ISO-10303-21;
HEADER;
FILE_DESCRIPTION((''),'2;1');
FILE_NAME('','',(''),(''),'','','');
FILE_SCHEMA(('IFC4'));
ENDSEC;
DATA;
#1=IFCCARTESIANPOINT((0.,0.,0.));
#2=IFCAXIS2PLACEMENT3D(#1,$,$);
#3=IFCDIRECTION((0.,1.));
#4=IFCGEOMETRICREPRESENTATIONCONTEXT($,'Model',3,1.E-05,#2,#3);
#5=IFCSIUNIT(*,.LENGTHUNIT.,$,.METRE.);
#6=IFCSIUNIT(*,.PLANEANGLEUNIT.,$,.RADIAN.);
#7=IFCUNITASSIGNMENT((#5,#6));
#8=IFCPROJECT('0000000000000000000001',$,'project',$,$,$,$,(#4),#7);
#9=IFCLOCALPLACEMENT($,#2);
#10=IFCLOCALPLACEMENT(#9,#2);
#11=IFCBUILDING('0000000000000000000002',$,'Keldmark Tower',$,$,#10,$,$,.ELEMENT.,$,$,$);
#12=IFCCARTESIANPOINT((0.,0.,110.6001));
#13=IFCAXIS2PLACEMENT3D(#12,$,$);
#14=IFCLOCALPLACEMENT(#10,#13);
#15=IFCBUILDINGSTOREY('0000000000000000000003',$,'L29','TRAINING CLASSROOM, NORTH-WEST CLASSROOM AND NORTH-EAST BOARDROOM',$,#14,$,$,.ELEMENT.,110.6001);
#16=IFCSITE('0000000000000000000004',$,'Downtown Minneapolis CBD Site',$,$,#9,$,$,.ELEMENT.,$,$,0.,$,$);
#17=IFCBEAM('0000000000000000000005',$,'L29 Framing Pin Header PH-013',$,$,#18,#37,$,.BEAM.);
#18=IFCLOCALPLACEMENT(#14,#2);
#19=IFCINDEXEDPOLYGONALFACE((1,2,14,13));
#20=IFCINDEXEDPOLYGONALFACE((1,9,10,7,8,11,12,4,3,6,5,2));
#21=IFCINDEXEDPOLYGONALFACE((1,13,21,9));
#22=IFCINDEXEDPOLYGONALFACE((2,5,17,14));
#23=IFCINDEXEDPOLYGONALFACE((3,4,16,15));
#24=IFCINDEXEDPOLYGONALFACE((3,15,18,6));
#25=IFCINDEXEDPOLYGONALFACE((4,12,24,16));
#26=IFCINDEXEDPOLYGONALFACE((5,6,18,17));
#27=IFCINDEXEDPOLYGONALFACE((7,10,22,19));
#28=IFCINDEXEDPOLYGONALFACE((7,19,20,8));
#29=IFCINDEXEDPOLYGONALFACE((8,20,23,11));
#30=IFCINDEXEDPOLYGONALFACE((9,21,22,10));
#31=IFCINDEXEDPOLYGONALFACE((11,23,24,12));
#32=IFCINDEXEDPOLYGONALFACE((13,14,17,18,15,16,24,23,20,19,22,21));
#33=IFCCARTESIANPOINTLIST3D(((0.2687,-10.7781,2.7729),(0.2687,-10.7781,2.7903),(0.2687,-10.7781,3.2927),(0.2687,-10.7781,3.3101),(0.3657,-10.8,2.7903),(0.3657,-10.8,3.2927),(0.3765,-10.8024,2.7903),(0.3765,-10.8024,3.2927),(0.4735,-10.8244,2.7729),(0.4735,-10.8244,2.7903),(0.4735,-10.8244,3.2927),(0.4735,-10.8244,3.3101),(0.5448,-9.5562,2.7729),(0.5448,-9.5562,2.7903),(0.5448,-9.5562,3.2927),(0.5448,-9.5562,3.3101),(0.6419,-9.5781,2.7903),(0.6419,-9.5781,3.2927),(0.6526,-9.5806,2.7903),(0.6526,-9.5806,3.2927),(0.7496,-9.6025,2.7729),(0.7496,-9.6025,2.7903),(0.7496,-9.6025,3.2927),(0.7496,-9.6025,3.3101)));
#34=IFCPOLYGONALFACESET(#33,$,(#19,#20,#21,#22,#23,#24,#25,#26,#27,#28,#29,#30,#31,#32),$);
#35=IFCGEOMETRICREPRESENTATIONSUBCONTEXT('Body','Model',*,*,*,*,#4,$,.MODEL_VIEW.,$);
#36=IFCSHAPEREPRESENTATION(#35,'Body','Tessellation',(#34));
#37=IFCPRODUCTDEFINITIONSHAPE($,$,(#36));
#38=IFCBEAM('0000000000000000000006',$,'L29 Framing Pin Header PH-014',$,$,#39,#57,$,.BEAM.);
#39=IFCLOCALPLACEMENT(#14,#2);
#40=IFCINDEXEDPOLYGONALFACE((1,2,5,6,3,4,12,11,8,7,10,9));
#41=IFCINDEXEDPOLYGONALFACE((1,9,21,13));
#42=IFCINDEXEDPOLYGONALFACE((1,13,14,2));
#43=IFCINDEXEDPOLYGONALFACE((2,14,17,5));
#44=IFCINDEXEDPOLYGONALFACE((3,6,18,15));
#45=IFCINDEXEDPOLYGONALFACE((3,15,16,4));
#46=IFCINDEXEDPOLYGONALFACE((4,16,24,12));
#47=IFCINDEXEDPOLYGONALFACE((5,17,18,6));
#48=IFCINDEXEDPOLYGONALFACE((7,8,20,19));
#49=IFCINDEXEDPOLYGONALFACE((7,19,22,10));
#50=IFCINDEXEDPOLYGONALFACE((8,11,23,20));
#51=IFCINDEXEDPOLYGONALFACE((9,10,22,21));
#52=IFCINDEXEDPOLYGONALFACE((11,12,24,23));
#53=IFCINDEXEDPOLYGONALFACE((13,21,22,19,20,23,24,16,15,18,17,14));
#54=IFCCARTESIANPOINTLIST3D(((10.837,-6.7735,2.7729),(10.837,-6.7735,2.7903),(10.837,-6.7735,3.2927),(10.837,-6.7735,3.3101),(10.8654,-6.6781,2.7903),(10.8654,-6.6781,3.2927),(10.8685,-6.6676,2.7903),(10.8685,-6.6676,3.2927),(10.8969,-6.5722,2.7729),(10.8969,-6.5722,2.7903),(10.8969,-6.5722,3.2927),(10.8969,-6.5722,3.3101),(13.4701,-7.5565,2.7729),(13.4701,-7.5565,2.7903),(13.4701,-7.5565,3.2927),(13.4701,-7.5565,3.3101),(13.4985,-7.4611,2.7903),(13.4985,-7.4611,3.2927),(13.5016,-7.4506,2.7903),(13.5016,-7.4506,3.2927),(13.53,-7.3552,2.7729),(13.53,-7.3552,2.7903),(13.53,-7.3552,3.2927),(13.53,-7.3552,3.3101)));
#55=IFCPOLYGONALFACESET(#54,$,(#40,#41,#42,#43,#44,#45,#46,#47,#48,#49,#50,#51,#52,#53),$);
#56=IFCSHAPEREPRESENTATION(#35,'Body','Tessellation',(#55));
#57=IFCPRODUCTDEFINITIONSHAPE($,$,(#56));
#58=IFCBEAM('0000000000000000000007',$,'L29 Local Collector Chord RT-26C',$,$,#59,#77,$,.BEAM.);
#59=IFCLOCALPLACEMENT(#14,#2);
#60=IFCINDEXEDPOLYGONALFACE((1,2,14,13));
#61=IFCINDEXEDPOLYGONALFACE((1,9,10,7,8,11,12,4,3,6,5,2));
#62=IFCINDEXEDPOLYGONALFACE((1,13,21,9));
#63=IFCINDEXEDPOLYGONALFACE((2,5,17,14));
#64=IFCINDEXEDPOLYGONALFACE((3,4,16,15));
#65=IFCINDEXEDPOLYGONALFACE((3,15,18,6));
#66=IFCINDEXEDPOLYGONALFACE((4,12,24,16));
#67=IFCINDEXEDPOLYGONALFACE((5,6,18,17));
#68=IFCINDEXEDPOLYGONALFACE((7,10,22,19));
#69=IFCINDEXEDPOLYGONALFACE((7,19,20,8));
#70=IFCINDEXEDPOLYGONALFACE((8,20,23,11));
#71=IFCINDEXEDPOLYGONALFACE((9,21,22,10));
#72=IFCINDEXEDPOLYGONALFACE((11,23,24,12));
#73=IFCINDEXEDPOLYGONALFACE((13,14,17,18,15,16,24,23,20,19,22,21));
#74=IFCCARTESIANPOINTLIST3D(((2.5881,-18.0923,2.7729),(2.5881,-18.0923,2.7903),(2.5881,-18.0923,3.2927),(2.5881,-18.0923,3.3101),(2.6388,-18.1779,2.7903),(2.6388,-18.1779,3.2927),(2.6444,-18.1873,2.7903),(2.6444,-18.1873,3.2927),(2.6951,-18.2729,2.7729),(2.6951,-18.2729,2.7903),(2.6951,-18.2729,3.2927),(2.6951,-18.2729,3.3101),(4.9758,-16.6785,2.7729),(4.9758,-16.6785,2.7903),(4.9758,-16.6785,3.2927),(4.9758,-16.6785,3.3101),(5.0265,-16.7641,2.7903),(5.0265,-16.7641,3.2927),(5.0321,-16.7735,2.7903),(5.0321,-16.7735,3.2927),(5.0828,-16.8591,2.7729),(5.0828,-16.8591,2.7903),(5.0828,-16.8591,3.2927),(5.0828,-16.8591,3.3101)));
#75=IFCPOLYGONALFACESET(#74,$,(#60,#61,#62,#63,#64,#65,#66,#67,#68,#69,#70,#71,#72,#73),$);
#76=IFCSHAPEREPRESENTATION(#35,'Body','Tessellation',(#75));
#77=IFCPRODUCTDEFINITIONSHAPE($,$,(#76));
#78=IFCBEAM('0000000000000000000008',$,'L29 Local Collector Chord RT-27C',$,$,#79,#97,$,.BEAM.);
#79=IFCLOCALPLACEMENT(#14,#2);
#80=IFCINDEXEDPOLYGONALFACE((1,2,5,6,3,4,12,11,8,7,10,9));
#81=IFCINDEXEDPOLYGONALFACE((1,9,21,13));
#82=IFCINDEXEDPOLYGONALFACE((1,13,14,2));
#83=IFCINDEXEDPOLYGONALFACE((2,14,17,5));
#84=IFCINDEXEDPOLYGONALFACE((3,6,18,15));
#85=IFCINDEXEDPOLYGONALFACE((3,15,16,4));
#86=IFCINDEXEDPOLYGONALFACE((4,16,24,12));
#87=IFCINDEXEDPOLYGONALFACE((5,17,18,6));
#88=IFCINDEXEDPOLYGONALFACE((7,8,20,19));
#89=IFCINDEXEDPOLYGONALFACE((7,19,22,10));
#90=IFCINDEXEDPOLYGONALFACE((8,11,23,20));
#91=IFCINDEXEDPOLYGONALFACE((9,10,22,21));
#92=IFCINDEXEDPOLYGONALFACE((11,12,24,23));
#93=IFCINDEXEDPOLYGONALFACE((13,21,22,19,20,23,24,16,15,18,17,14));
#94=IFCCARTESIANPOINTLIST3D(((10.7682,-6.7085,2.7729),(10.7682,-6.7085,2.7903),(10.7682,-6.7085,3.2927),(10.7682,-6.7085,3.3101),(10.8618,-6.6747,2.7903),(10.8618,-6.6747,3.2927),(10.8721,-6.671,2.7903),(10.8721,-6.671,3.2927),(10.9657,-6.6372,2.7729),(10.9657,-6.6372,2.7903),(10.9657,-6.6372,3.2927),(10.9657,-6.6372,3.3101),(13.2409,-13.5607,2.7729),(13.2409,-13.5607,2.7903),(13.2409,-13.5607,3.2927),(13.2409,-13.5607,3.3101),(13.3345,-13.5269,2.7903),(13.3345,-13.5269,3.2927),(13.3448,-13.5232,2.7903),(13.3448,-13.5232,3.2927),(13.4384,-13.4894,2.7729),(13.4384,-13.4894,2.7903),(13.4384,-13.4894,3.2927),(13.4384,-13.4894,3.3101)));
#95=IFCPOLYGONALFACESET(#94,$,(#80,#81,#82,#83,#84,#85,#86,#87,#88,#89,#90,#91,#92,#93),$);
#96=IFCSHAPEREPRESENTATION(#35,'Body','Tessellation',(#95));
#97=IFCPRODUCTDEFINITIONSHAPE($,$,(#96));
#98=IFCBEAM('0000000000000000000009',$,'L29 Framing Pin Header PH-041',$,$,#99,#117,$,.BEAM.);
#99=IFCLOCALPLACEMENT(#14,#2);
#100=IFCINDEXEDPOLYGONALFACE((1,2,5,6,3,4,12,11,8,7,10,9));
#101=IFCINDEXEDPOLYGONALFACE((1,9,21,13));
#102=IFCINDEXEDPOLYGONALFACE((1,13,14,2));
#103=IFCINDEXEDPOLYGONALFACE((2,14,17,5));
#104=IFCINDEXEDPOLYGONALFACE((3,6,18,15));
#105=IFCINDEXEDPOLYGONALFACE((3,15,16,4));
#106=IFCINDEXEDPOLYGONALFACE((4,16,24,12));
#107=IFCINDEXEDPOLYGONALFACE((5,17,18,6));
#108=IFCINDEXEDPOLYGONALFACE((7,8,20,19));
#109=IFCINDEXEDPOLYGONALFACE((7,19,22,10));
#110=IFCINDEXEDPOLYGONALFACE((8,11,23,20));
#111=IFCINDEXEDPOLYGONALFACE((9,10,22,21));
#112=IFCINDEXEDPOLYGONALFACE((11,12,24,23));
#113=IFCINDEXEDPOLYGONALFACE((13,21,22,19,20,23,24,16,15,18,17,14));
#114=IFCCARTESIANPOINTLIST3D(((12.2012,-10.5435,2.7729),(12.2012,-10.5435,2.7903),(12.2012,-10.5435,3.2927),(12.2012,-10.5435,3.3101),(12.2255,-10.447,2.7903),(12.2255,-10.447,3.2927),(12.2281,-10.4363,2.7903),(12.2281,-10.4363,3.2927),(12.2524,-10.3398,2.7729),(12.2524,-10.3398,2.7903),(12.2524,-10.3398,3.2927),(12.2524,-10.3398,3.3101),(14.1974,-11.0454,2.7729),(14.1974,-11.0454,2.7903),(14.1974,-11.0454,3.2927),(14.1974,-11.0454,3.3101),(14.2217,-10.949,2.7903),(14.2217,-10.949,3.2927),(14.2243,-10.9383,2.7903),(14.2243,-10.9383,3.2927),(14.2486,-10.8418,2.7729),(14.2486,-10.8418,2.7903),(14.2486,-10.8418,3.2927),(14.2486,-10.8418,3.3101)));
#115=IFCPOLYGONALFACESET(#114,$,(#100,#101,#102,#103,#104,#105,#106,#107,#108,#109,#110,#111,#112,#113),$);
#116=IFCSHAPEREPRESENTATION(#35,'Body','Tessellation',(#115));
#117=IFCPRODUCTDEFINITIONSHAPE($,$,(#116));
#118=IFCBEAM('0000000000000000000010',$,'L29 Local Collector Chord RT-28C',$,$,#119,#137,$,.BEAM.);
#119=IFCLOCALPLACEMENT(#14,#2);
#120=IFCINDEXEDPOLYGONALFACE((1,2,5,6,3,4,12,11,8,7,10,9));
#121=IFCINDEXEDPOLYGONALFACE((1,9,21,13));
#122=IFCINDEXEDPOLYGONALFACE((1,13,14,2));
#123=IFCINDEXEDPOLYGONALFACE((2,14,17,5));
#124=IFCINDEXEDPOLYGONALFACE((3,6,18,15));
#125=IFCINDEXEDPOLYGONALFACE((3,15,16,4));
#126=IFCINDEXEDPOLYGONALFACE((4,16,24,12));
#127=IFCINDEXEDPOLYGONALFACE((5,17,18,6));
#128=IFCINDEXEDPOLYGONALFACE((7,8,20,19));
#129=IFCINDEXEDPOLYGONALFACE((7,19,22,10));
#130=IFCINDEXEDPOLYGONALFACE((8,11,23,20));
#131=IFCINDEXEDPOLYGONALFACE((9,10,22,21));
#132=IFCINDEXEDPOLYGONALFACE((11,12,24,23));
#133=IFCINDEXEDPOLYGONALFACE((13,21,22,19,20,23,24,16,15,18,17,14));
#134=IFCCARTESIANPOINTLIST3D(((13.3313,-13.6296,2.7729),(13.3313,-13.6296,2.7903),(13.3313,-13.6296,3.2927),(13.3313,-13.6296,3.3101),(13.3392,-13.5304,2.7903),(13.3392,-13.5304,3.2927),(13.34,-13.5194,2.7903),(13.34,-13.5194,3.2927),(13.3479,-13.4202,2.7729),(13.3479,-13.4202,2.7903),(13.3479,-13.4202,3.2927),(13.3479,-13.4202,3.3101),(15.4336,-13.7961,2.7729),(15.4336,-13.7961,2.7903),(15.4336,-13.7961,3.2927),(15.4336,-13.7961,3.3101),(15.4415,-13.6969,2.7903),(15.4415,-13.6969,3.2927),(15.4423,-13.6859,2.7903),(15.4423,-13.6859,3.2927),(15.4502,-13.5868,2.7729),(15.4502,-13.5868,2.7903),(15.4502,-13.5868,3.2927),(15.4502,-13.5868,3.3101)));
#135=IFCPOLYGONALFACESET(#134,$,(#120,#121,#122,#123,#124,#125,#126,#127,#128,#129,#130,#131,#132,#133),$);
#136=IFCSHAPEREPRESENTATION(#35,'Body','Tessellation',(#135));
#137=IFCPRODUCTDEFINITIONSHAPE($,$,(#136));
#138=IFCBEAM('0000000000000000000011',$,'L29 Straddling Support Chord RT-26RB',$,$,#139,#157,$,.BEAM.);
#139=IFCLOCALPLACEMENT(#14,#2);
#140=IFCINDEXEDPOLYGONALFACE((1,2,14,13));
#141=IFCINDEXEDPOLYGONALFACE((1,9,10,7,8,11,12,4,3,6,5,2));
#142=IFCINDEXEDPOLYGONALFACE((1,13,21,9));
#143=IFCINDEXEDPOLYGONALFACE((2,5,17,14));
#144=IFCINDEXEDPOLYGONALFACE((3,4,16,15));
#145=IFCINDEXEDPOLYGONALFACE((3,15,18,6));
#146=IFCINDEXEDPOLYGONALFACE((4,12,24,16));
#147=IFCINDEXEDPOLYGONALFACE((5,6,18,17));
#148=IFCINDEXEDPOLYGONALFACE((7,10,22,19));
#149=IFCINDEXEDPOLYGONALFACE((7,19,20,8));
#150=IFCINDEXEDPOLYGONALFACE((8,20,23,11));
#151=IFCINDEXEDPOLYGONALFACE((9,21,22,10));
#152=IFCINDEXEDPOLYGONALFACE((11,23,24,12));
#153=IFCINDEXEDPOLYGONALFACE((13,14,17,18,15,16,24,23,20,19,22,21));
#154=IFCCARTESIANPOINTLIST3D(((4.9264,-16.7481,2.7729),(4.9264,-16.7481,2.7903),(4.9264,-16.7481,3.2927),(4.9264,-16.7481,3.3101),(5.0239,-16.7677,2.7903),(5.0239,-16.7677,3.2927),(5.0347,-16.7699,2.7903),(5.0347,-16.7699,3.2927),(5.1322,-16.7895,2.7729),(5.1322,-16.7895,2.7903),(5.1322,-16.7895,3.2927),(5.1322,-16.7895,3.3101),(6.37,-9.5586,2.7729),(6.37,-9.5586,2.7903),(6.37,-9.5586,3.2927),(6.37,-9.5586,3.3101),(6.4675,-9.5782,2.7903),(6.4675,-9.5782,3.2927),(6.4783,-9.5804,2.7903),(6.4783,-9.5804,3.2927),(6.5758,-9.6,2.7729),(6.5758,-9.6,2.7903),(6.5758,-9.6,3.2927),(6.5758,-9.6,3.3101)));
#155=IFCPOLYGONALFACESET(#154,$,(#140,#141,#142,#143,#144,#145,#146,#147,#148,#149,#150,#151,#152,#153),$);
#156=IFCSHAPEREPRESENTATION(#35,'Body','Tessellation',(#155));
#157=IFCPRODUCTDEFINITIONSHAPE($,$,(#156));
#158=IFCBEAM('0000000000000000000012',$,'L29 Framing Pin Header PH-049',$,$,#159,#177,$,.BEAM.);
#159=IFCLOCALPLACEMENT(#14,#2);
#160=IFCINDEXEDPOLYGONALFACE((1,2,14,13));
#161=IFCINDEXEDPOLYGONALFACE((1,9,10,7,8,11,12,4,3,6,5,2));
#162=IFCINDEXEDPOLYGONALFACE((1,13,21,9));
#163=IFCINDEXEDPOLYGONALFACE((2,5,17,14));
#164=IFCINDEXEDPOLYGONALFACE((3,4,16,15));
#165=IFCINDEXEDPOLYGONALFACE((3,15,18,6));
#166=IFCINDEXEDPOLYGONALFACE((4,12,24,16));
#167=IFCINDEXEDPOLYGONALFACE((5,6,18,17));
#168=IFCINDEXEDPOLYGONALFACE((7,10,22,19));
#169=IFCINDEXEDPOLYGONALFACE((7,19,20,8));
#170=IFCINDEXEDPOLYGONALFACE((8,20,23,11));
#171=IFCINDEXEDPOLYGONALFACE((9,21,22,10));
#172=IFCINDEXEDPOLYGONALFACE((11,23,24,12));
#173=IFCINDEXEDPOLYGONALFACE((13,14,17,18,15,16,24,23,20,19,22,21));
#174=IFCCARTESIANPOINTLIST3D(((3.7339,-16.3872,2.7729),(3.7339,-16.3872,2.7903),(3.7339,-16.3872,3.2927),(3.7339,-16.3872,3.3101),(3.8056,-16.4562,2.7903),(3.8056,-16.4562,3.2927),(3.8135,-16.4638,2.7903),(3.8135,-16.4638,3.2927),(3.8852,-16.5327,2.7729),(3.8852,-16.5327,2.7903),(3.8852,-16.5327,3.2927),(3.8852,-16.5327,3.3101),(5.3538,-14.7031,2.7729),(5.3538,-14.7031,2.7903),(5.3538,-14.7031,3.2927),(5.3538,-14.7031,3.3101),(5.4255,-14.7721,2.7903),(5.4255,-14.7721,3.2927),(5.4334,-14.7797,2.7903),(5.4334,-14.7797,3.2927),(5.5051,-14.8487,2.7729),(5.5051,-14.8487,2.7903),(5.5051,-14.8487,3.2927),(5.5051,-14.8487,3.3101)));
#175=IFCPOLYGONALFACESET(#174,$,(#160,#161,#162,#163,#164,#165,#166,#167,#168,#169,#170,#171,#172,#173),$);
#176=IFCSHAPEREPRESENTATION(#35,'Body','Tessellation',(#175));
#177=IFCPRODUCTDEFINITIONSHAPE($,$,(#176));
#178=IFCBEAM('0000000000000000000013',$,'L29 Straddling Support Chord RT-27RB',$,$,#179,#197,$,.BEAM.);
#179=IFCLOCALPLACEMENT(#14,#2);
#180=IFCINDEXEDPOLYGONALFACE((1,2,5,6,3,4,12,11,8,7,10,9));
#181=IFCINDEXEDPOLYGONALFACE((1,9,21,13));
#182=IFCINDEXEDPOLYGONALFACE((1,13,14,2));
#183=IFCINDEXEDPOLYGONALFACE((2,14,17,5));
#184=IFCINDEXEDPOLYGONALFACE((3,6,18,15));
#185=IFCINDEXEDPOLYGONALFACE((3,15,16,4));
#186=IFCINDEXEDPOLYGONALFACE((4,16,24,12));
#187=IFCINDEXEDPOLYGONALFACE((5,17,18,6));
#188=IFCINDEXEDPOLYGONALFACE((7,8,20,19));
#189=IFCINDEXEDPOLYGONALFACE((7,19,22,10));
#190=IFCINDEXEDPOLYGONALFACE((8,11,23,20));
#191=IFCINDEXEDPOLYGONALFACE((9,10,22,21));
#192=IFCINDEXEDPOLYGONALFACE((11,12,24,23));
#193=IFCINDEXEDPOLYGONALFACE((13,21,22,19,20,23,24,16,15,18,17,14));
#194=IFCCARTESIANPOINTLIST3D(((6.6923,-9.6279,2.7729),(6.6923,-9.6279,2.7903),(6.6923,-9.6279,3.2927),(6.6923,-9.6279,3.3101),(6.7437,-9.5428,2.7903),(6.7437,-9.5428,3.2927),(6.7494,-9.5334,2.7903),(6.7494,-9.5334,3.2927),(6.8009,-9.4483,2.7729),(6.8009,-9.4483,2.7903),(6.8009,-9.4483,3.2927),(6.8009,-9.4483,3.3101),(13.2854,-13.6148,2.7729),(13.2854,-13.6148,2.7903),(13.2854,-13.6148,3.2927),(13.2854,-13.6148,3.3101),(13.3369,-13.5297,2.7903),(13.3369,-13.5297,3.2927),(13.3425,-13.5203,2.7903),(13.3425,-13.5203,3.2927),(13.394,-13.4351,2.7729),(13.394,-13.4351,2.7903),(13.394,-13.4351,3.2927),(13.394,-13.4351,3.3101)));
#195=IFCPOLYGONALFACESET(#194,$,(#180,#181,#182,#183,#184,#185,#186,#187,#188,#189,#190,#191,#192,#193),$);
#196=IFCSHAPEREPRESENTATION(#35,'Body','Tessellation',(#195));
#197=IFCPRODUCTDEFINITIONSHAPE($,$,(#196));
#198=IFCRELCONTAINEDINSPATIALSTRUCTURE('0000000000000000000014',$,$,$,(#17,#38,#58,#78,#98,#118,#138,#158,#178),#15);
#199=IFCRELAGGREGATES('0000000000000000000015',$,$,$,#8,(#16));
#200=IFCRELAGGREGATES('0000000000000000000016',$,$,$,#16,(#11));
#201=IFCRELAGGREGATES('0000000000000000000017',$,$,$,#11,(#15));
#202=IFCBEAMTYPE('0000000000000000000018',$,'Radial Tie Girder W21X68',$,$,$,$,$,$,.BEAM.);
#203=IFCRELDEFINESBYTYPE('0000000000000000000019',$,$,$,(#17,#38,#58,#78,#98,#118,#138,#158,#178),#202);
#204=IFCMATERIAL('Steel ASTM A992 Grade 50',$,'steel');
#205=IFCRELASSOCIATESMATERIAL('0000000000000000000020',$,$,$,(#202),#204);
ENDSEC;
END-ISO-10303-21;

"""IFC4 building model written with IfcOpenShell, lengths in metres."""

from ifc_helpers import new_model, si_unit, direction, frame, origin, origin_2d, place, context, subcontext, project, spatial, i_section, extrude, material, material_profile, profile_set, type_object, element, save


model = new_model("IFC4")

# Units and contexts
model_context = context("Model", 3, precision=1e-05, world=origin(), true_north=direction((0.0, 1.0)))
body_context = subcontext(model_context, "Body", "Model", "MODEL_VIEW")
ifc_project = project(units=[si_unit("LENGTHUNIT", "METRE"), si_unit("PLANEANGLEUNIT", "RADIAN")], contexts=[model_context])

# Site, building, storey
site_placement = place(None, origin())
site = spatial("IfcSite", under=ifc_project, at=site_placement, Name="Downtown Minneapolis CBD Site", CompositionType="ELEMENT", RefElevation=0.0)
building_placement = place(site_placement, origin())
building = spatial("IfcBuilding", under=site, at=building_placement, Name="Keldmark Tower", CompositionType="ELEMENT")
storey_placement = place(building_placement, frame((0.0, 0.0, 110.6001)))
storey = spatial("IfcBuildingStorey", under=building, at=storey_placement, Name="L29", Description="TRAINING CLASSROOM, NORTH-WEST CLASSROOM AND NORTH-EAST BOARDROOM", CompositionType="ELEMENT", Elevation=110.6001)

# Beams
ifc_material_1 = material(Name="Steel ASTM A992 Grade 50", Category="steel")
ifc_material_profile_1 = material_profile(ifc_material_1, i_section(OverallWidth=0.21, OverallDepth=0.5371, WebThickness=0.011, FlangeThickness=0.0173, at=origin_2d()), Name="W21X68")
ifc_profile_set_1 = profile_set([ifc_material_profile_1], Name="Steel ASTM A992 Grade 50")
beam_type_1 = type_object("IfcBeamType", Name="Radial Tie Girder W21X68", PredefinedType="BEAM", material=ifc_profile_set_1)
beam_1_placement = place(storey_placement, frame((0.6472, -9.5793, 3.0415), z_axis=(-0.220416, -0.975406, 0.0), x_axis=(0.975406, -0.220416, 0.0)))
element("IfcBeam", 1, at=beam_1_placement, inside=storey, type_object=beam_type_1, Name="L29 Framing Pin Header PH-013", PredefinedType="BEAM", context=body_context, shape_type="SweptSolid", body=[
    extrude(i_section(OverallWidth=0.21, OverallDepth=0.5371, WebThickness=0.011, FlangeThickness=0.0173, at=origin_2d()), origin(), (0.0, 0.0, 1.0), 1.2527),
])
beam_2_placement = place(storey_placement, frame((10.8669, -6.6729, 3.0415), z_axis=(0.958521, -0.285023, 0.0), x_axis=(0.285023, 0.958521, 0.0)))
element("IfcBeam", 2, at=beam_2_placement, inside=storey, type_object=beam_type_1, Name="L29 Framing Pin Header PH-014", PredefinedType="BEAM", context=body_context, shape_type="SweptSolid", body=[
    extrude(i_section(OverallWidth=0.21, OverallDepth=0.5371, WebThickness=0.011, FlangeThickness=0.0173, at=origin_2d()), origin(), (0.0, 0.0, 1.0), 2.7471),
])
beam_3_placement = place(storey_placement, frame((2.6416, -18.1826, 3.0415), z_axis=(0.860467, 0.509506, 0.0), x_axis=(-0.509506, 0.860467, 0.0)))
element("IfcBeam", 3, at=beam_3_placement, inside=storey, type_object=beam_type_1, Name="L29 Local Collector Chord RT-26C", PredefinedType="BEAM", context=body_context, shape_type="SweptSolid", body=[
    extrude(i_section(OverallWidth=0.21, OverallDepth=0.5371, WebThickness=0.011, FlangeThickness=0.0173, at=origin_2d()), origin(), (0.0, 0.0, 1.0), 2.7749),
])
beam_4_placement = place(storey_placement, frame((10.8669, -6.6729, 3.0415), z_axis=(0.339439, -0.940628, 0.0), x_axis=(0.940628, 0.339439, 0.0)))
element("IfcBeam", 4, at=beam_4_placement, inside=storey, type_object=beam_type_1, Name="L29 Local Collector Chord RT-27C", PredefinedType="BEAM", context=body_context, shape_type="SweptSolid", body=[
    extrude(i_section(OverallWidth=0.21, OverallDepth=0.5371, WebThickness=0.011, FlangeThickness=0.0173, at=origin_2d()), origin(), (0.0, 0.0, 1.0), 7.2847),
])
beam_5_placement = place(storey_placement, frame((12.2268, -10.4417, 3.0415), z_axis=(0.969807, -0.243875, 0.0), x_axis=(0.243875, 0.969807, 0.0)))
element("IfcBeam", 5, at=beam_5_placement, inside=storey, type_object=beam_type_1, Name="L29 Framing Pin Header PH-041", PredefinedType="BEAM", context=body_context, shape_type="SweptSolid", body=[
    extrude(i_section(OverallWidth=0.21, OverallDepth=0.5371, WebThickness=0.011, FlangeThickness=0.0173, at=origin_2d()), origin(), (0.0, 0.0, 1.0), 2.0583),
])
beam_6_placement = place(storey_placement, frame((13.3396, -13.5249, 3.0415), z_axis=(0.996878, -0.078954, 0.0), x_axis=(0.078954, 0.996878, 0.0)))
element("IfcBeam", 6, at=beam_6_placement, inside=storey, type_object=beam_type_1, Name="L29 Local Collector Chord RT-28C", PredefinedType="BEAM", context=body_context, shape_type="SweptSolid", body=[
    extrude(i_section(OverallWidth=0.21, OverallDepth=0.5371, WebThickness=0.011, FlangeThickness=0.0173, at=origin_2d()), origin(), (0.0, 0.0, 1.0), 2.1089),
])
beam_7_placement = place(storey_placement, frame((5.0293, -16.7688, 3.0415), z_axis=(0.196865, 0.980431, 0.0), x_axis=(-0.980431, 0.196865, 0.0)))
element("IfcBeam", 7, at=beam_7_placement, inside=storey, type_object=beam_type_1, Name="L29 Straddling Support Chord RT-26RB", PredefinedType="BEAM", context=body_context, shape_type="SweptSolid", body=[
    extrude(i_section(OverallWidth=0.21, OverallDepth=0.5371, WebThickness=0.011, FlangeThickness=0.0173, at=origin_2d()), origin(), (0.0, 0.0, 1.0), 7.333),
])
beam_8_placement = place(storey_placement, frame((3.8096, -16.46, 3.0415), z_axis=(0.693234, 0.720713, 0.0), x_axis=(-0.720713, 0.693234, 0.0)))
element("IfcBeam", 8, at=beam_8_placement, inside=storey, type_object=beam_type_1, Name="L29 Framing Pin Header PH-049", PredefinedType="BEAM", context=body_context, shape_type="SweptSolid", body=[
    extrude(i_section(OverallWidth=0.21, OverallDepth=0.5371, WebThickness=0.011, FlangeThickness=0.0173, at=origin_2d()), origin(), (0.0, 0.0, 1.0), 2.3367),
])
beam_9_placement = place(storey_placement, frame((6.7466, -9.5381, 3.0415), z_axis=(0.855712, -0.517452, 0.0), x_axis=(0.517452, 0.855712, 0.0)))
element("IfcBeam", 9, at=beam_9_placement, inside=storey, type_object=beam_type_1, Name="L29 Straddling Support Chord RT-27RB", PredefinedType="BEAM", context=body_context, shape_type="SweptSolid", body=[
    extrude(i_section(OverallWidth=0.21, OverallDepth=0.5371, WebThickness=0.011, FlangeThickness=0.0173, at=origin_2d()), origin(), (0.0, 0.0, 1.0), 7.7048),
])

save(model, "model.ifc")
